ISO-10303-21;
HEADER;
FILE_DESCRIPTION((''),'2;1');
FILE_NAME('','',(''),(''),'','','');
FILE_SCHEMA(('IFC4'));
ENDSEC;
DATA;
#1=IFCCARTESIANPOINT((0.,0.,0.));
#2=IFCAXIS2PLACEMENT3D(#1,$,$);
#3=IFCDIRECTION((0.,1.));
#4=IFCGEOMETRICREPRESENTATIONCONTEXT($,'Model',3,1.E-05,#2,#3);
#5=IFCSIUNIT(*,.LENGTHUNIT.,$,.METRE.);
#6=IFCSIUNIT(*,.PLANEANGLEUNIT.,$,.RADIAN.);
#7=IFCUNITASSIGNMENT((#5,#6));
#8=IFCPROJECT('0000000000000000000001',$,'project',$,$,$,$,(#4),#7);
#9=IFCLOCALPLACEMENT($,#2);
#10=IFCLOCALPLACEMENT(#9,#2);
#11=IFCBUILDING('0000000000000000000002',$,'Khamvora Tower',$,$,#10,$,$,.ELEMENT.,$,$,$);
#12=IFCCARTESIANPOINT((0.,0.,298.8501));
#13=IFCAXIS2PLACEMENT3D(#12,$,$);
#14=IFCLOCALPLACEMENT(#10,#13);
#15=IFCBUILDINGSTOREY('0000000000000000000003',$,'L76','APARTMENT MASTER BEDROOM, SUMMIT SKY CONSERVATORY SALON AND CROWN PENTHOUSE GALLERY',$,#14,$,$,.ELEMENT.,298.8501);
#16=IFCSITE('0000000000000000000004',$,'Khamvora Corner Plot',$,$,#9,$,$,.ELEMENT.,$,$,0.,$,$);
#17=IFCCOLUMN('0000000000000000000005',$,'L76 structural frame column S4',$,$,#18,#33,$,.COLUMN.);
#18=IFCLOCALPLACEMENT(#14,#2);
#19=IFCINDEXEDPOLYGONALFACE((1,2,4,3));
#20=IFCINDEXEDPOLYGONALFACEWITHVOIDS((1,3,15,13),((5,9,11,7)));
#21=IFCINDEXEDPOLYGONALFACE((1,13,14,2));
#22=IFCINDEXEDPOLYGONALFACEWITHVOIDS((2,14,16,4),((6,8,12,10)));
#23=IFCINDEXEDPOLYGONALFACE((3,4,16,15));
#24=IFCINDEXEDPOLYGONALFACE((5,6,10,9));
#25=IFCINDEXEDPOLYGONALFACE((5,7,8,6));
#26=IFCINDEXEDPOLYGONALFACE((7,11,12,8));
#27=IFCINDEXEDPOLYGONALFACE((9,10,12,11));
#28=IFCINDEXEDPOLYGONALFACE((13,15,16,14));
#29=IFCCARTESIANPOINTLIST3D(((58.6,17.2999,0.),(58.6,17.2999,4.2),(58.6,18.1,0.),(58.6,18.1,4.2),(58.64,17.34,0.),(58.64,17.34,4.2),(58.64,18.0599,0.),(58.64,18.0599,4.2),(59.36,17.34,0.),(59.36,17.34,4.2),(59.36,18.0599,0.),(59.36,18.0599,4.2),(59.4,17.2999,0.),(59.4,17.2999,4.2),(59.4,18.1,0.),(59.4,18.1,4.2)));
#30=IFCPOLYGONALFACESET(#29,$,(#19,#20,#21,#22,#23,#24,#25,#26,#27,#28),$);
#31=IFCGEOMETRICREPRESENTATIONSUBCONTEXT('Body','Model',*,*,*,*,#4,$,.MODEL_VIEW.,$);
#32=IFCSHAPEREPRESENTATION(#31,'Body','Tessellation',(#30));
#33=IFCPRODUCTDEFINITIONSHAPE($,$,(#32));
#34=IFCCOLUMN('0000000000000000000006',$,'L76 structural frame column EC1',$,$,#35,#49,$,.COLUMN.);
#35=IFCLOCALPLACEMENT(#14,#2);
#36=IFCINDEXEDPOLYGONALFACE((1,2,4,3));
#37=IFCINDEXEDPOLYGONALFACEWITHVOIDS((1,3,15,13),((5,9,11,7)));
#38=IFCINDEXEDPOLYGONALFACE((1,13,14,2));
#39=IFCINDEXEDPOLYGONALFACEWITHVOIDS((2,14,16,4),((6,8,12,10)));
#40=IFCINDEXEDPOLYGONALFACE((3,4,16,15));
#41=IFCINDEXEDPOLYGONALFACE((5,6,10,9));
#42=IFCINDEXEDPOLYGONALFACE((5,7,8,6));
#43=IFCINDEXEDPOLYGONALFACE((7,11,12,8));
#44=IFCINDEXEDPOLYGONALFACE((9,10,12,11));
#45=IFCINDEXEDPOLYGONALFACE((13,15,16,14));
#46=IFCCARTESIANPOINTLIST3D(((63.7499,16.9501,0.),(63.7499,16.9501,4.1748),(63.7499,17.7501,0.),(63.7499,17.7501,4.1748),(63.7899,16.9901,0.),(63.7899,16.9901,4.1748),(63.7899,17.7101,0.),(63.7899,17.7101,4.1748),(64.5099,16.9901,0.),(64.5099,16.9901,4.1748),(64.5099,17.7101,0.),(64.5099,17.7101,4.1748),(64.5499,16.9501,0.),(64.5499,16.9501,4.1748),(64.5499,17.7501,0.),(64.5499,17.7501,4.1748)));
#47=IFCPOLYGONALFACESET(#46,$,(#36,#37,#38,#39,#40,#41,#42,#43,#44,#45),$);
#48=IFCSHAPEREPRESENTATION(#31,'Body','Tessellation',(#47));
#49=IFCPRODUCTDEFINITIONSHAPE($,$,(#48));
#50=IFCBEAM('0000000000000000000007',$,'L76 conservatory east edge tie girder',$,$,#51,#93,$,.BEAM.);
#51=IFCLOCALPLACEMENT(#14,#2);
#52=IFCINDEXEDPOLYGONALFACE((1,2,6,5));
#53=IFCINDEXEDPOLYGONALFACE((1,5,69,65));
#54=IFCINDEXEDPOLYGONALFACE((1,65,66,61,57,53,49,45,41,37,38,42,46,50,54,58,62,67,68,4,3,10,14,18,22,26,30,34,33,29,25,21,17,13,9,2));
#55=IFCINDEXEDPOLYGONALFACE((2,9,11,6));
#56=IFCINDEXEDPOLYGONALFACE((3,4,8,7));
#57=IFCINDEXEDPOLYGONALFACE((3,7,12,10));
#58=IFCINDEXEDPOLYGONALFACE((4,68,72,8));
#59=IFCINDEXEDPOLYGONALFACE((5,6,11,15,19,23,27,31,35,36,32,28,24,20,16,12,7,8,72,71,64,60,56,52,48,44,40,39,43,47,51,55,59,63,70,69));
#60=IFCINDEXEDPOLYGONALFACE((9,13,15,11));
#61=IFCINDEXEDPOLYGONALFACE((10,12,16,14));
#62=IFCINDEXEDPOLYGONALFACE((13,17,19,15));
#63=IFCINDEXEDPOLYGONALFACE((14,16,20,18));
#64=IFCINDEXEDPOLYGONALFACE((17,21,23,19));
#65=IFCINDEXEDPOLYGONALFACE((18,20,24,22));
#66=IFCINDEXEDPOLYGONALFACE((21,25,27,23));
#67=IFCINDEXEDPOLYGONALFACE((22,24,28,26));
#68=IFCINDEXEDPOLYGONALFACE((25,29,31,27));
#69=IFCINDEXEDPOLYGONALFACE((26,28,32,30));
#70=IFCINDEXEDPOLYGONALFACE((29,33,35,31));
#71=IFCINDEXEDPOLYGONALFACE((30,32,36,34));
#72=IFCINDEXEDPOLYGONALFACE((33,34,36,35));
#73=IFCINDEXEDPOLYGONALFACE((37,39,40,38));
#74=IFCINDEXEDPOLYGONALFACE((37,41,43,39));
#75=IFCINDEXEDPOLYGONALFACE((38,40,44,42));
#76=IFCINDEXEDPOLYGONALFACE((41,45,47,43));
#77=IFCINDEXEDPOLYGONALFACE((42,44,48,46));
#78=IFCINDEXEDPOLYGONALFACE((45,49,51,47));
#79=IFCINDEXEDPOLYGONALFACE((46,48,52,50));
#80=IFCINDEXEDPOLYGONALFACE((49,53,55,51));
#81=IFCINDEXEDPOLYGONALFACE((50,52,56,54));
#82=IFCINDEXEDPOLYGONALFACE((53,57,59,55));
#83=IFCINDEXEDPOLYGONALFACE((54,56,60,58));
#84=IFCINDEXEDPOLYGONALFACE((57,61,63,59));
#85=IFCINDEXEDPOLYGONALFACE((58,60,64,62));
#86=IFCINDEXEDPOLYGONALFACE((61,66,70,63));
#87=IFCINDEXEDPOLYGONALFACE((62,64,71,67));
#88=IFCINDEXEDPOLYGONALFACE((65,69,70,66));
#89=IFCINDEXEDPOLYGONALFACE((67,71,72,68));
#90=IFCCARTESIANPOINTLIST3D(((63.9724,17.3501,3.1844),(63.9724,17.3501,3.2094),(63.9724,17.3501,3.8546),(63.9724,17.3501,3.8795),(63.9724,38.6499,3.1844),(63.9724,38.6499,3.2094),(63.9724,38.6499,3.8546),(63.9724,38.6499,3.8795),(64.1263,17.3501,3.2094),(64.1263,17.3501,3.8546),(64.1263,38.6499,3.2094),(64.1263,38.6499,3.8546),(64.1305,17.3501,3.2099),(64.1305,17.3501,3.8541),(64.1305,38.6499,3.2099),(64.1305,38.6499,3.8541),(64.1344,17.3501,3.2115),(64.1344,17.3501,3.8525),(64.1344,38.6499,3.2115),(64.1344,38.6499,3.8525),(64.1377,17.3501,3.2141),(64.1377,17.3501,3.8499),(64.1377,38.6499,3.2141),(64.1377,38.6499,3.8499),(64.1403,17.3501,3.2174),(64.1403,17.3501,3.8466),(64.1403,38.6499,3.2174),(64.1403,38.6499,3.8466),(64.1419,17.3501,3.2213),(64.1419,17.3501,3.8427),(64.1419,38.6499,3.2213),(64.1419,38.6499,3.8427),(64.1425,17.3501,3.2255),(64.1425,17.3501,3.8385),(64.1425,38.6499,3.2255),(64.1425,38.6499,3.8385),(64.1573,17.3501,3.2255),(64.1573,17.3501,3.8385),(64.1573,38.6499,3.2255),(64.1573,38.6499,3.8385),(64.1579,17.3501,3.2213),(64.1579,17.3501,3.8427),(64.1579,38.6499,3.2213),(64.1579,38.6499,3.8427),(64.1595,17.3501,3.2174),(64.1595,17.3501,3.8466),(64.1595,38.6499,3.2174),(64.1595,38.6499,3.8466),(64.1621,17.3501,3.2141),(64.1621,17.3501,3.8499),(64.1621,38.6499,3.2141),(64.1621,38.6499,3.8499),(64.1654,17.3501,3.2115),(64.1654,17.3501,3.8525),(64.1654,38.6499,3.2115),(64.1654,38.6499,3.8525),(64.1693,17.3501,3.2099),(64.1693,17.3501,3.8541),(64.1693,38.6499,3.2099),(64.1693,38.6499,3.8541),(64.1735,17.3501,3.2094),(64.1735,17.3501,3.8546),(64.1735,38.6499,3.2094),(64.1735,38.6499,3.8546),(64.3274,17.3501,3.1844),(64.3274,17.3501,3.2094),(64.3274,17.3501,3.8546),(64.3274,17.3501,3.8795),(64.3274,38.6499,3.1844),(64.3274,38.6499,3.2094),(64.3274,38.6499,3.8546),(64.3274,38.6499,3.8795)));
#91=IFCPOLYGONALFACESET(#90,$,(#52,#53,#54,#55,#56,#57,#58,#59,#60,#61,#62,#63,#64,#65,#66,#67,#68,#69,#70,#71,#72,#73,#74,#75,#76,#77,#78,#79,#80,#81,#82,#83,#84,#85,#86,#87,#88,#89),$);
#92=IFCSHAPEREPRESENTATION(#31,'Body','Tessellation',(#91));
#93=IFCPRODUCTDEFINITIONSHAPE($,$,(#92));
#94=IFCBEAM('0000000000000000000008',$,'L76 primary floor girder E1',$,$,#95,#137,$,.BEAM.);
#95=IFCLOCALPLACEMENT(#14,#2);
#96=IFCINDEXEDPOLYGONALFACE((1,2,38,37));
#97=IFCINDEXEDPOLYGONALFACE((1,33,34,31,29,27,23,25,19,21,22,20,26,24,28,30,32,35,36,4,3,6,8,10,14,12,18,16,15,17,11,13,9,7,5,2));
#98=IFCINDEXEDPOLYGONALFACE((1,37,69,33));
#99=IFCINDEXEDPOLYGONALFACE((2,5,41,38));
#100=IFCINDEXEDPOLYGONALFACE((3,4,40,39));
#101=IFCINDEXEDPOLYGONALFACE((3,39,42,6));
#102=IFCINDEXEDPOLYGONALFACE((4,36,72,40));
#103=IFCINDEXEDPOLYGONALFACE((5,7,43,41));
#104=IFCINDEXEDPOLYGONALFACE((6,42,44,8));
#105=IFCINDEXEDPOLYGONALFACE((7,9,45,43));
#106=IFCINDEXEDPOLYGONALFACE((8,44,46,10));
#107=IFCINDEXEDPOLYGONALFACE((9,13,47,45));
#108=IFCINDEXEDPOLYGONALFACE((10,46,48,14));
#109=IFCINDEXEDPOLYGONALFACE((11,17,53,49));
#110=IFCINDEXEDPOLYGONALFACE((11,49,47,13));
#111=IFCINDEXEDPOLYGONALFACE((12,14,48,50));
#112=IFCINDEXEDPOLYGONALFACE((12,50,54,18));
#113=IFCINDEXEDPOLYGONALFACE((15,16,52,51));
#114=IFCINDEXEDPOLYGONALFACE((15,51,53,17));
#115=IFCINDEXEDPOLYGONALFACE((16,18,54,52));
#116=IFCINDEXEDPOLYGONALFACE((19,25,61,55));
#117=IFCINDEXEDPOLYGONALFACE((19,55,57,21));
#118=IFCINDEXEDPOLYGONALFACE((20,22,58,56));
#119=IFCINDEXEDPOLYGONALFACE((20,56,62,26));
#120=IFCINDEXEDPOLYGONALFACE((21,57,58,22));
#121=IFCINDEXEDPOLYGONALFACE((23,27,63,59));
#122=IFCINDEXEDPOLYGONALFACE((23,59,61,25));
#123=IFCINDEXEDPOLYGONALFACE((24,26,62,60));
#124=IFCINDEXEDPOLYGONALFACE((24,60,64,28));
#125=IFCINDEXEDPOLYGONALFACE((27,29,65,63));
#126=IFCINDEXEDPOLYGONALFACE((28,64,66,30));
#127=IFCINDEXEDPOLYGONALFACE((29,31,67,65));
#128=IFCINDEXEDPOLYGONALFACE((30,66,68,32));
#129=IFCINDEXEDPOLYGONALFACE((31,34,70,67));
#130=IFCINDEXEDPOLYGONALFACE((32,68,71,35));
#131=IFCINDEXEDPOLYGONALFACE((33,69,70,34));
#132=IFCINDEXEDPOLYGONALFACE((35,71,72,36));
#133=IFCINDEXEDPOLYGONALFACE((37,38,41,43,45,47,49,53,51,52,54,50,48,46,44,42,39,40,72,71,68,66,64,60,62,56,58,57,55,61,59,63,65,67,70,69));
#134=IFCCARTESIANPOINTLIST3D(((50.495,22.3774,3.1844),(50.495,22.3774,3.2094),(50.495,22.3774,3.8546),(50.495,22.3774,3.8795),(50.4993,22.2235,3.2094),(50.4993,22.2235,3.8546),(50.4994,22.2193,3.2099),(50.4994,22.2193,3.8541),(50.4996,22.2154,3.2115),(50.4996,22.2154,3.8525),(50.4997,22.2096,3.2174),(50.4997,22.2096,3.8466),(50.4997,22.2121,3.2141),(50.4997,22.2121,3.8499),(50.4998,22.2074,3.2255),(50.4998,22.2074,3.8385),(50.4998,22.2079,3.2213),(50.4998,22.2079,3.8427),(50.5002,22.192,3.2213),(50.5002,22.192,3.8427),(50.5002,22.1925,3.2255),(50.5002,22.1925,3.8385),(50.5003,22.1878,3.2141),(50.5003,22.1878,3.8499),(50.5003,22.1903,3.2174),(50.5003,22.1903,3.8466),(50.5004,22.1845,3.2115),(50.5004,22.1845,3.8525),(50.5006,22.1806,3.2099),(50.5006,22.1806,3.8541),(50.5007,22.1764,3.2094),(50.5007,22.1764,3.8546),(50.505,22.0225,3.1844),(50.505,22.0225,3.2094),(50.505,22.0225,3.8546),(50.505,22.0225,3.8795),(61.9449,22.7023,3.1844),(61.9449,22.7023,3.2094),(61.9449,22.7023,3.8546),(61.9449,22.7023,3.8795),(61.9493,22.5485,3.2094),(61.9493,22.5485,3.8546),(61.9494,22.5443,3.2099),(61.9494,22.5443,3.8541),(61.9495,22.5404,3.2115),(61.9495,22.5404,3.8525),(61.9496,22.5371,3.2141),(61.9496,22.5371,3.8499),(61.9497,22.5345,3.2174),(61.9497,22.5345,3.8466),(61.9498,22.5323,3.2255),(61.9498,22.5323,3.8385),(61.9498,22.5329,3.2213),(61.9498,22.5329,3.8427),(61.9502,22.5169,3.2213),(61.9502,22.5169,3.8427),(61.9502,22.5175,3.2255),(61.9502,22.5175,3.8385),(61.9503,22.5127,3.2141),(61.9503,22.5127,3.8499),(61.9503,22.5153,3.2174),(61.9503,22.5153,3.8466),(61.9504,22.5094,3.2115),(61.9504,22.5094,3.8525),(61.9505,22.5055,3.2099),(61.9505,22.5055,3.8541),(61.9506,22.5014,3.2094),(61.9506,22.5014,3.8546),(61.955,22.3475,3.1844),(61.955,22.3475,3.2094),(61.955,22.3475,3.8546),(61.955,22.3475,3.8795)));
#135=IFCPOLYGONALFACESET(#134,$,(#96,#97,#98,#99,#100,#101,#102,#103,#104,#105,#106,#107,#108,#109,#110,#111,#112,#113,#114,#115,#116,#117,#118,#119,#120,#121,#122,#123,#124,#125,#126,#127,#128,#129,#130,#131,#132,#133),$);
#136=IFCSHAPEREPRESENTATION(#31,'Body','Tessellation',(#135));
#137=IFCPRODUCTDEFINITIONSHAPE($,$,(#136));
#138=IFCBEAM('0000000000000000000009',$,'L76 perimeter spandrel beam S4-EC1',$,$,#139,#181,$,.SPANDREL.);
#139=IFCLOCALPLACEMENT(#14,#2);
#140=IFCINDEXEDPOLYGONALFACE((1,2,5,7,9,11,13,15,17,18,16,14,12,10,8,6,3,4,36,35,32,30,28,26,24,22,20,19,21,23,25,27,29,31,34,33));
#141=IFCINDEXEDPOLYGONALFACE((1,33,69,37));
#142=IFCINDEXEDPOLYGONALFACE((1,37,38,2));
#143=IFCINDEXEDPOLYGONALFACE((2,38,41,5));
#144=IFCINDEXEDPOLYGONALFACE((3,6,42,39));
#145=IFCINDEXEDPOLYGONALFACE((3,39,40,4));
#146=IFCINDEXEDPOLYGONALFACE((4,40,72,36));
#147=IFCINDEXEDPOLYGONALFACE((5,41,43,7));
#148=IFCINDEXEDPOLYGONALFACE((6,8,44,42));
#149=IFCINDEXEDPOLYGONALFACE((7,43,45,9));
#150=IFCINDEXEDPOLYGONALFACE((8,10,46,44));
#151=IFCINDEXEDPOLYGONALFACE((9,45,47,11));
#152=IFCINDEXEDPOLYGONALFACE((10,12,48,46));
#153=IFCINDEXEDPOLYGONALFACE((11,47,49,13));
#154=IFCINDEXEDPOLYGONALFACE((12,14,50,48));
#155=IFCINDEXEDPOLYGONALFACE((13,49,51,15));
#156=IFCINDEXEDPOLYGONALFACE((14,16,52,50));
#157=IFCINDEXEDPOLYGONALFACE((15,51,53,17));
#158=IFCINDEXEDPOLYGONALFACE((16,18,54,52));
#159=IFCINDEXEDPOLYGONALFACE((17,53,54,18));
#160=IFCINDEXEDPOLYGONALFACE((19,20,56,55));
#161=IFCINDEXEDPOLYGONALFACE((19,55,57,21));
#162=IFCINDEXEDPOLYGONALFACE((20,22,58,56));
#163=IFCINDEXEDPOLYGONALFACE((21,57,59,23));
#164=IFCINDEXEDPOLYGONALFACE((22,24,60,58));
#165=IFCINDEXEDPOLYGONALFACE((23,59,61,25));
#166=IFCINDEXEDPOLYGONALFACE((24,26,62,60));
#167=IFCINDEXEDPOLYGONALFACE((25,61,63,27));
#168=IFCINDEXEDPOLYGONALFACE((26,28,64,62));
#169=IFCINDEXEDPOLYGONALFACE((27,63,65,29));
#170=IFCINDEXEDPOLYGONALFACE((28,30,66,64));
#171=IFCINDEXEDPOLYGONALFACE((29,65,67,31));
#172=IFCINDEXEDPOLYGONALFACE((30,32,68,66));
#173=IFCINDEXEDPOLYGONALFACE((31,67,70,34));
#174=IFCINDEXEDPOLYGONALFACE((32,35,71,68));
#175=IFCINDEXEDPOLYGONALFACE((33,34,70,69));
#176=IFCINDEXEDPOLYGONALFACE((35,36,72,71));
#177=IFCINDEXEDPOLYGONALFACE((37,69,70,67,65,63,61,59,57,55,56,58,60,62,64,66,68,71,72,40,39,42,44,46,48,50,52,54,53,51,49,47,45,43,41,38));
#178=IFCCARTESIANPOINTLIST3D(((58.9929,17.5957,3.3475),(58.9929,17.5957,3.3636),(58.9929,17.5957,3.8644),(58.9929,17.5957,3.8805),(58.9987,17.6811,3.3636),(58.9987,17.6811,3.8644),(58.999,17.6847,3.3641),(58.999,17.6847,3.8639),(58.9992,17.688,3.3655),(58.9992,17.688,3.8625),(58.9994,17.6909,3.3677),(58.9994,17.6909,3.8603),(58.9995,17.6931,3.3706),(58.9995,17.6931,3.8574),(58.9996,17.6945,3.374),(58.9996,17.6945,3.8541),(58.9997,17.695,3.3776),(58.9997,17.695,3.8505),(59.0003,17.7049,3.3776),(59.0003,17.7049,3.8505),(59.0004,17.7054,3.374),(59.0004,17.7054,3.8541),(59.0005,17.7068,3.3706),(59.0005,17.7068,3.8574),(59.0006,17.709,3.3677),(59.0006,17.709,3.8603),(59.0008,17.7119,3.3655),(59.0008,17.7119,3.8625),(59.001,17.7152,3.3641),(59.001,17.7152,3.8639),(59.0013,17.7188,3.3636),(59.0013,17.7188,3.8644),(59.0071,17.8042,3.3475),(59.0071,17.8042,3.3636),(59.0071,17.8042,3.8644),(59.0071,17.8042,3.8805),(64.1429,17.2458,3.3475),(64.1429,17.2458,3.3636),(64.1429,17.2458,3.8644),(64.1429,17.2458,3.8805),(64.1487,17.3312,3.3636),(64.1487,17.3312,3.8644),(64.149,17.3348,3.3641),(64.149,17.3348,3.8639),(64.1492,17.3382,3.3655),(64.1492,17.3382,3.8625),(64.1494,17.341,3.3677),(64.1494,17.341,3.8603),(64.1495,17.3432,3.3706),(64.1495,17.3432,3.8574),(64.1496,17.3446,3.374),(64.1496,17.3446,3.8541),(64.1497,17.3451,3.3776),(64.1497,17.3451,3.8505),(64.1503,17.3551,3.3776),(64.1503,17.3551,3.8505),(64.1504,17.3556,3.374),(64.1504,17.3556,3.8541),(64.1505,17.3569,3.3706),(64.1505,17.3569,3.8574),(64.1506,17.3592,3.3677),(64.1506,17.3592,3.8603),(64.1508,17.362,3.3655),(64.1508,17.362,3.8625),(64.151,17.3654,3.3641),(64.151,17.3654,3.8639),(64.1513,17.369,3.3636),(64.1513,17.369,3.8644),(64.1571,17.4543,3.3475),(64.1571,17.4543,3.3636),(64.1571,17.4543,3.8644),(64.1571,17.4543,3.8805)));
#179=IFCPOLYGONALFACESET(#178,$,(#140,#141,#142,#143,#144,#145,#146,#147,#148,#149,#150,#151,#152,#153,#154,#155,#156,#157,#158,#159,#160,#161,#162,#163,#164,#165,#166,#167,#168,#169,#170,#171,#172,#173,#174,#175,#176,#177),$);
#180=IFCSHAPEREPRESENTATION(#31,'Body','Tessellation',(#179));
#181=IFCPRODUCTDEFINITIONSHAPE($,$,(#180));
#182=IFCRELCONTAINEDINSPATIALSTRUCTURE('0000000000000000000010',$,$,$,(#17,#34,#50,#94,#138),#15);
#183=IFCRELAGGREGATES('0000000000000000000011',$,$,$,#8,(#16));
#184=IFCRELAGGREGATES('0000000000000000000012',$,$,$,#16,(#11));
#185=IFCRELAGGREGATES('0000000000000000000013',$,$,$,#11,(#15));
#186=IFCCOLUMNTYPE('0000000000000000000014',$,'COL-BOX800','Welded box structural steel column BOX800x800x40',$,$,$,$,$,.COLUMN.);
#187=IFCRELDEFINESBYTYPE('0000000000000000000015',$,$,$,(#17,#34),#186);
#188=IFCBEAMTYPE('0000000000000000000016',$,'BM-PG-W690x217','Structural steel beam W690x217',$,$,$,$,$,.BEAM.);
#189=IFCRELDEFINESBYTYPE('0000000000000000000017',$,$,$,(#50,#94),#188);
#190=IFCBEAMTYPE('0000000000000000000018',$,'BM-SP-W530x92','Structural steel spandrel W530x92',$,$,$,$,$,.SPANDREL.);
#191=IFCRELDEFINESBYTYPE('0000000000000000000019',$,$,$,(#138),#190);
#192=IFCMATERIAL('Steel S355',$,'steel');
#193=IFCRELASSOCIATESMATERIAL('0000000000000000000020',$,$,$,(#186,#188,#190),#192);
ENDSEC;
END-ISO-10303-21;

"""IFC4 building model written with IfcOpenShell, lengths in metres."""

from ifc_helpers import new_model, si_unit, direction, frame, origin, origin_2d, place, context, subcontext, project, spatial, hollow_rectangle, i_section, extrude, material, material_profile, profile_set, type_object, element, save


model = new_model("IFC4")

# Units and contexts
model_context = context("Model", 3, precision=1e-05, world=origin(), true_north=direction((0.0, 1.0)))
body_context = subcontext(model_context, "Body", "Model", "MODEL_VIEW")
ifc_project = project(units=[si_unit("LENGTHUNIT", "METRE"), si_unit("PLANEANGLEUNIT", "RADIAN")], contexts=[model_context])

# Site, building, storey
site_placement = place(None, origin())
site = spatial("IfcSite", under=ifc_project, at=site_placement, Name="Khamvora Corner Plot", CompositionType="ELEMENT", RefElevation=0.0)
building_placement = place(site_placement, origin())
building = spatial("IfcBuilding", under=site, at=building_placement, Name="Khamvora Tower", CompositionType="ELEMENT")
storey_placement = place(building_placement, frame((0.0, 0.0, 298.8501)))
storey = spatial("IfcBuildingStorey", under=building, at=storey_placement, Name="L76", Description="APARTMENT MASTER BEDROOM, SUMMIT SKY CONSERVATORY SALON AND CROWN PENTHOUSE GALLERY", CompositionType="ELEMENT", Elevation=298.8501)

# Columns
ifc_material_1 = material(Name="Steel S355", Category="steel")
ifc_material_profile_1 = material_profile(ifc_material_1, hollow_rectangle(XDim=0.8, YDim=0.8, WallThickness=0.04, at=origin_2d()), Name="BOX800x800x40")
ifc_profile_set_1 = profile_set([ifc_material_profile_1], Name="Steel S355")
column_type = type_object("IfcColumnType", Name="COL-BOX800", Description="Welded box structural steel column BOX800x800x40", PredefinedType="COLUMN", material=ifc_profile_set_1)
column_1_placement = place(storey_placement, frame((59.0, 17.7, 0.0), z_axis=(0.0, 0.0, 1.0), x_axis=(1.0, 0.0, 0.0)))
element("IfcColumn", 1, at=column_1_placement, inside=storey, type_object=column_type, Name="L76 structural frame column S4", PredefinedType="COLUMN", context=body_context, shape_type="SweptSolid", body=[
    extrude(hollow_rectangle(XDim=0.8, YDim=0.8, WallThickness=0.04, at=origin_2d()), origin(), (0.0, 0.0, 1.0), 4.2),
])
column_2_placement = place(storey_placement, frame((64.1499, 17.3501, 0.0), z_axis=(0.0, 0.0, 1.0), x_axis=(1.0, 0.0, 0.0)))
element("IfcColumn", 2, at=column_2_placement, inside=storey, type_object=column_type, Name="L76 structural frame column EC1", PredefinedType="COLUMN", context=body_context, shape_type="SweptSolid", body=[
    extrude(hollow_rectangle(XDim=0.8, YDim=0.8, WallThickness=0.04, at=origin_2d()), origin(), (0.0, 0.0, 1.0), 4.1748),
])

# Beams
ifc_material_profile_2 = material_profile(ifc_material_1, i_section(OverallWidth=0.355, OverallDepth=0.6951, WebThickness=0.0149, FlangeThickness=0.0249, FilletRadius=0.0161, at=origin_2d()), Name="W690x217")
ifc_profile_set_2 = profile_set([ifc_material_profile_2], Name="Steel S355")
beam_type_1 = type_object("IfcBeamType", Name="BM-PG-W690x217", Description="Structural steel beam W690x217", PredefinedType="BEAM", material=ifc_profile_set_2)
beam_1_placement = place(storey_placement, frame((64.1499, 17.3501, 3.532), z_axis=(0.0, 1.0, 0.0), x_axis=(-1.0, 0.0, 0.0)))
element("IfcBeam", 3, at=beam_1_placement, inside=storey, type_object=beam_type_1, Name="L76 conservatory east edge tie girder", PredefinedType="BEAM", context=body_context, shape_type="SweptSolid", body=[
    extrude(i_section(OverallWidth=0.355, OverallDepth=0.6951, WebThickness=0.0149, FlangeThickness=0.0249, FilletRadius=0.0161, at=origin_2d()), origin(), (0.0, 0.0, 1.0), 21.2998),
])
beam_2_placement = place(storey_placement, frame((50.5, 22.2, 3.532), z_axis=(0.999598, 0.028369, 0.0), x_axis=(-0.028369, 0.999598, 0.0)))
element("IfcBeam", 4, at=beam_2_placement, inside=storey, type_object=beam_type_1, Name="L76 primary floor girder E1", PredefinedType="BEAM", context=body_context, shape_type="SweptSolid", body=[
    extrude(i_section(OverallWidth=0.355, OverallDepth=0.6951, WebThickness=0.0149, FlangeThickness=0.0249, FilletRadius=0.0161, at=origin_2d()), origin(), (0.0, 0.0, 1.0), 11.4546),
])
ifc_material_profile_3 = material_profile(ifc_material_1, i_section(OverallWidth=0.209, OverallDepth=0.533, WebThickness=0.01, FlangeThickness=0.0161, FilletRadius=0.0139, at=origin_2d()), Name="W530x92")
ifc_profile_set_3 = profile_set([ifc_material_profile_3], Name="Steel S355")
beam_type_2 = type_object("IfcBeamType", Name="BM-SP-W530x92", Description="Structural steel spandrel W530x92", PredefinedType="SPANDREL", material=ifc_profile_set_3)
beam_3_placement = place(storey_placement, frame((59.0, 17.7, 3.614), z_axis=(0.9977, -0.067778, 0.0), x_axis=(0.067778, 0.9977, 0.0)))
element("IfcBeam", 5, at=beam_3_placement, inside=storey, type_object=beam_type_2, Name="L76 perimeter spandrel beam S4-EC1", PredefinedType="SPANDREL", context=body_context, shape_type="SweptSolid", body=[
    extrude(i_section(OverallWidth=0.209, OverallDepth=0.533, WebThickness=0.01, FlangeThickness=0.0161, FilletRadius=0.0139, at=origin_2d()), origin(), (0.0, 0.0, 1.0), 5.1619),
])

save(model, "model.ifc")
